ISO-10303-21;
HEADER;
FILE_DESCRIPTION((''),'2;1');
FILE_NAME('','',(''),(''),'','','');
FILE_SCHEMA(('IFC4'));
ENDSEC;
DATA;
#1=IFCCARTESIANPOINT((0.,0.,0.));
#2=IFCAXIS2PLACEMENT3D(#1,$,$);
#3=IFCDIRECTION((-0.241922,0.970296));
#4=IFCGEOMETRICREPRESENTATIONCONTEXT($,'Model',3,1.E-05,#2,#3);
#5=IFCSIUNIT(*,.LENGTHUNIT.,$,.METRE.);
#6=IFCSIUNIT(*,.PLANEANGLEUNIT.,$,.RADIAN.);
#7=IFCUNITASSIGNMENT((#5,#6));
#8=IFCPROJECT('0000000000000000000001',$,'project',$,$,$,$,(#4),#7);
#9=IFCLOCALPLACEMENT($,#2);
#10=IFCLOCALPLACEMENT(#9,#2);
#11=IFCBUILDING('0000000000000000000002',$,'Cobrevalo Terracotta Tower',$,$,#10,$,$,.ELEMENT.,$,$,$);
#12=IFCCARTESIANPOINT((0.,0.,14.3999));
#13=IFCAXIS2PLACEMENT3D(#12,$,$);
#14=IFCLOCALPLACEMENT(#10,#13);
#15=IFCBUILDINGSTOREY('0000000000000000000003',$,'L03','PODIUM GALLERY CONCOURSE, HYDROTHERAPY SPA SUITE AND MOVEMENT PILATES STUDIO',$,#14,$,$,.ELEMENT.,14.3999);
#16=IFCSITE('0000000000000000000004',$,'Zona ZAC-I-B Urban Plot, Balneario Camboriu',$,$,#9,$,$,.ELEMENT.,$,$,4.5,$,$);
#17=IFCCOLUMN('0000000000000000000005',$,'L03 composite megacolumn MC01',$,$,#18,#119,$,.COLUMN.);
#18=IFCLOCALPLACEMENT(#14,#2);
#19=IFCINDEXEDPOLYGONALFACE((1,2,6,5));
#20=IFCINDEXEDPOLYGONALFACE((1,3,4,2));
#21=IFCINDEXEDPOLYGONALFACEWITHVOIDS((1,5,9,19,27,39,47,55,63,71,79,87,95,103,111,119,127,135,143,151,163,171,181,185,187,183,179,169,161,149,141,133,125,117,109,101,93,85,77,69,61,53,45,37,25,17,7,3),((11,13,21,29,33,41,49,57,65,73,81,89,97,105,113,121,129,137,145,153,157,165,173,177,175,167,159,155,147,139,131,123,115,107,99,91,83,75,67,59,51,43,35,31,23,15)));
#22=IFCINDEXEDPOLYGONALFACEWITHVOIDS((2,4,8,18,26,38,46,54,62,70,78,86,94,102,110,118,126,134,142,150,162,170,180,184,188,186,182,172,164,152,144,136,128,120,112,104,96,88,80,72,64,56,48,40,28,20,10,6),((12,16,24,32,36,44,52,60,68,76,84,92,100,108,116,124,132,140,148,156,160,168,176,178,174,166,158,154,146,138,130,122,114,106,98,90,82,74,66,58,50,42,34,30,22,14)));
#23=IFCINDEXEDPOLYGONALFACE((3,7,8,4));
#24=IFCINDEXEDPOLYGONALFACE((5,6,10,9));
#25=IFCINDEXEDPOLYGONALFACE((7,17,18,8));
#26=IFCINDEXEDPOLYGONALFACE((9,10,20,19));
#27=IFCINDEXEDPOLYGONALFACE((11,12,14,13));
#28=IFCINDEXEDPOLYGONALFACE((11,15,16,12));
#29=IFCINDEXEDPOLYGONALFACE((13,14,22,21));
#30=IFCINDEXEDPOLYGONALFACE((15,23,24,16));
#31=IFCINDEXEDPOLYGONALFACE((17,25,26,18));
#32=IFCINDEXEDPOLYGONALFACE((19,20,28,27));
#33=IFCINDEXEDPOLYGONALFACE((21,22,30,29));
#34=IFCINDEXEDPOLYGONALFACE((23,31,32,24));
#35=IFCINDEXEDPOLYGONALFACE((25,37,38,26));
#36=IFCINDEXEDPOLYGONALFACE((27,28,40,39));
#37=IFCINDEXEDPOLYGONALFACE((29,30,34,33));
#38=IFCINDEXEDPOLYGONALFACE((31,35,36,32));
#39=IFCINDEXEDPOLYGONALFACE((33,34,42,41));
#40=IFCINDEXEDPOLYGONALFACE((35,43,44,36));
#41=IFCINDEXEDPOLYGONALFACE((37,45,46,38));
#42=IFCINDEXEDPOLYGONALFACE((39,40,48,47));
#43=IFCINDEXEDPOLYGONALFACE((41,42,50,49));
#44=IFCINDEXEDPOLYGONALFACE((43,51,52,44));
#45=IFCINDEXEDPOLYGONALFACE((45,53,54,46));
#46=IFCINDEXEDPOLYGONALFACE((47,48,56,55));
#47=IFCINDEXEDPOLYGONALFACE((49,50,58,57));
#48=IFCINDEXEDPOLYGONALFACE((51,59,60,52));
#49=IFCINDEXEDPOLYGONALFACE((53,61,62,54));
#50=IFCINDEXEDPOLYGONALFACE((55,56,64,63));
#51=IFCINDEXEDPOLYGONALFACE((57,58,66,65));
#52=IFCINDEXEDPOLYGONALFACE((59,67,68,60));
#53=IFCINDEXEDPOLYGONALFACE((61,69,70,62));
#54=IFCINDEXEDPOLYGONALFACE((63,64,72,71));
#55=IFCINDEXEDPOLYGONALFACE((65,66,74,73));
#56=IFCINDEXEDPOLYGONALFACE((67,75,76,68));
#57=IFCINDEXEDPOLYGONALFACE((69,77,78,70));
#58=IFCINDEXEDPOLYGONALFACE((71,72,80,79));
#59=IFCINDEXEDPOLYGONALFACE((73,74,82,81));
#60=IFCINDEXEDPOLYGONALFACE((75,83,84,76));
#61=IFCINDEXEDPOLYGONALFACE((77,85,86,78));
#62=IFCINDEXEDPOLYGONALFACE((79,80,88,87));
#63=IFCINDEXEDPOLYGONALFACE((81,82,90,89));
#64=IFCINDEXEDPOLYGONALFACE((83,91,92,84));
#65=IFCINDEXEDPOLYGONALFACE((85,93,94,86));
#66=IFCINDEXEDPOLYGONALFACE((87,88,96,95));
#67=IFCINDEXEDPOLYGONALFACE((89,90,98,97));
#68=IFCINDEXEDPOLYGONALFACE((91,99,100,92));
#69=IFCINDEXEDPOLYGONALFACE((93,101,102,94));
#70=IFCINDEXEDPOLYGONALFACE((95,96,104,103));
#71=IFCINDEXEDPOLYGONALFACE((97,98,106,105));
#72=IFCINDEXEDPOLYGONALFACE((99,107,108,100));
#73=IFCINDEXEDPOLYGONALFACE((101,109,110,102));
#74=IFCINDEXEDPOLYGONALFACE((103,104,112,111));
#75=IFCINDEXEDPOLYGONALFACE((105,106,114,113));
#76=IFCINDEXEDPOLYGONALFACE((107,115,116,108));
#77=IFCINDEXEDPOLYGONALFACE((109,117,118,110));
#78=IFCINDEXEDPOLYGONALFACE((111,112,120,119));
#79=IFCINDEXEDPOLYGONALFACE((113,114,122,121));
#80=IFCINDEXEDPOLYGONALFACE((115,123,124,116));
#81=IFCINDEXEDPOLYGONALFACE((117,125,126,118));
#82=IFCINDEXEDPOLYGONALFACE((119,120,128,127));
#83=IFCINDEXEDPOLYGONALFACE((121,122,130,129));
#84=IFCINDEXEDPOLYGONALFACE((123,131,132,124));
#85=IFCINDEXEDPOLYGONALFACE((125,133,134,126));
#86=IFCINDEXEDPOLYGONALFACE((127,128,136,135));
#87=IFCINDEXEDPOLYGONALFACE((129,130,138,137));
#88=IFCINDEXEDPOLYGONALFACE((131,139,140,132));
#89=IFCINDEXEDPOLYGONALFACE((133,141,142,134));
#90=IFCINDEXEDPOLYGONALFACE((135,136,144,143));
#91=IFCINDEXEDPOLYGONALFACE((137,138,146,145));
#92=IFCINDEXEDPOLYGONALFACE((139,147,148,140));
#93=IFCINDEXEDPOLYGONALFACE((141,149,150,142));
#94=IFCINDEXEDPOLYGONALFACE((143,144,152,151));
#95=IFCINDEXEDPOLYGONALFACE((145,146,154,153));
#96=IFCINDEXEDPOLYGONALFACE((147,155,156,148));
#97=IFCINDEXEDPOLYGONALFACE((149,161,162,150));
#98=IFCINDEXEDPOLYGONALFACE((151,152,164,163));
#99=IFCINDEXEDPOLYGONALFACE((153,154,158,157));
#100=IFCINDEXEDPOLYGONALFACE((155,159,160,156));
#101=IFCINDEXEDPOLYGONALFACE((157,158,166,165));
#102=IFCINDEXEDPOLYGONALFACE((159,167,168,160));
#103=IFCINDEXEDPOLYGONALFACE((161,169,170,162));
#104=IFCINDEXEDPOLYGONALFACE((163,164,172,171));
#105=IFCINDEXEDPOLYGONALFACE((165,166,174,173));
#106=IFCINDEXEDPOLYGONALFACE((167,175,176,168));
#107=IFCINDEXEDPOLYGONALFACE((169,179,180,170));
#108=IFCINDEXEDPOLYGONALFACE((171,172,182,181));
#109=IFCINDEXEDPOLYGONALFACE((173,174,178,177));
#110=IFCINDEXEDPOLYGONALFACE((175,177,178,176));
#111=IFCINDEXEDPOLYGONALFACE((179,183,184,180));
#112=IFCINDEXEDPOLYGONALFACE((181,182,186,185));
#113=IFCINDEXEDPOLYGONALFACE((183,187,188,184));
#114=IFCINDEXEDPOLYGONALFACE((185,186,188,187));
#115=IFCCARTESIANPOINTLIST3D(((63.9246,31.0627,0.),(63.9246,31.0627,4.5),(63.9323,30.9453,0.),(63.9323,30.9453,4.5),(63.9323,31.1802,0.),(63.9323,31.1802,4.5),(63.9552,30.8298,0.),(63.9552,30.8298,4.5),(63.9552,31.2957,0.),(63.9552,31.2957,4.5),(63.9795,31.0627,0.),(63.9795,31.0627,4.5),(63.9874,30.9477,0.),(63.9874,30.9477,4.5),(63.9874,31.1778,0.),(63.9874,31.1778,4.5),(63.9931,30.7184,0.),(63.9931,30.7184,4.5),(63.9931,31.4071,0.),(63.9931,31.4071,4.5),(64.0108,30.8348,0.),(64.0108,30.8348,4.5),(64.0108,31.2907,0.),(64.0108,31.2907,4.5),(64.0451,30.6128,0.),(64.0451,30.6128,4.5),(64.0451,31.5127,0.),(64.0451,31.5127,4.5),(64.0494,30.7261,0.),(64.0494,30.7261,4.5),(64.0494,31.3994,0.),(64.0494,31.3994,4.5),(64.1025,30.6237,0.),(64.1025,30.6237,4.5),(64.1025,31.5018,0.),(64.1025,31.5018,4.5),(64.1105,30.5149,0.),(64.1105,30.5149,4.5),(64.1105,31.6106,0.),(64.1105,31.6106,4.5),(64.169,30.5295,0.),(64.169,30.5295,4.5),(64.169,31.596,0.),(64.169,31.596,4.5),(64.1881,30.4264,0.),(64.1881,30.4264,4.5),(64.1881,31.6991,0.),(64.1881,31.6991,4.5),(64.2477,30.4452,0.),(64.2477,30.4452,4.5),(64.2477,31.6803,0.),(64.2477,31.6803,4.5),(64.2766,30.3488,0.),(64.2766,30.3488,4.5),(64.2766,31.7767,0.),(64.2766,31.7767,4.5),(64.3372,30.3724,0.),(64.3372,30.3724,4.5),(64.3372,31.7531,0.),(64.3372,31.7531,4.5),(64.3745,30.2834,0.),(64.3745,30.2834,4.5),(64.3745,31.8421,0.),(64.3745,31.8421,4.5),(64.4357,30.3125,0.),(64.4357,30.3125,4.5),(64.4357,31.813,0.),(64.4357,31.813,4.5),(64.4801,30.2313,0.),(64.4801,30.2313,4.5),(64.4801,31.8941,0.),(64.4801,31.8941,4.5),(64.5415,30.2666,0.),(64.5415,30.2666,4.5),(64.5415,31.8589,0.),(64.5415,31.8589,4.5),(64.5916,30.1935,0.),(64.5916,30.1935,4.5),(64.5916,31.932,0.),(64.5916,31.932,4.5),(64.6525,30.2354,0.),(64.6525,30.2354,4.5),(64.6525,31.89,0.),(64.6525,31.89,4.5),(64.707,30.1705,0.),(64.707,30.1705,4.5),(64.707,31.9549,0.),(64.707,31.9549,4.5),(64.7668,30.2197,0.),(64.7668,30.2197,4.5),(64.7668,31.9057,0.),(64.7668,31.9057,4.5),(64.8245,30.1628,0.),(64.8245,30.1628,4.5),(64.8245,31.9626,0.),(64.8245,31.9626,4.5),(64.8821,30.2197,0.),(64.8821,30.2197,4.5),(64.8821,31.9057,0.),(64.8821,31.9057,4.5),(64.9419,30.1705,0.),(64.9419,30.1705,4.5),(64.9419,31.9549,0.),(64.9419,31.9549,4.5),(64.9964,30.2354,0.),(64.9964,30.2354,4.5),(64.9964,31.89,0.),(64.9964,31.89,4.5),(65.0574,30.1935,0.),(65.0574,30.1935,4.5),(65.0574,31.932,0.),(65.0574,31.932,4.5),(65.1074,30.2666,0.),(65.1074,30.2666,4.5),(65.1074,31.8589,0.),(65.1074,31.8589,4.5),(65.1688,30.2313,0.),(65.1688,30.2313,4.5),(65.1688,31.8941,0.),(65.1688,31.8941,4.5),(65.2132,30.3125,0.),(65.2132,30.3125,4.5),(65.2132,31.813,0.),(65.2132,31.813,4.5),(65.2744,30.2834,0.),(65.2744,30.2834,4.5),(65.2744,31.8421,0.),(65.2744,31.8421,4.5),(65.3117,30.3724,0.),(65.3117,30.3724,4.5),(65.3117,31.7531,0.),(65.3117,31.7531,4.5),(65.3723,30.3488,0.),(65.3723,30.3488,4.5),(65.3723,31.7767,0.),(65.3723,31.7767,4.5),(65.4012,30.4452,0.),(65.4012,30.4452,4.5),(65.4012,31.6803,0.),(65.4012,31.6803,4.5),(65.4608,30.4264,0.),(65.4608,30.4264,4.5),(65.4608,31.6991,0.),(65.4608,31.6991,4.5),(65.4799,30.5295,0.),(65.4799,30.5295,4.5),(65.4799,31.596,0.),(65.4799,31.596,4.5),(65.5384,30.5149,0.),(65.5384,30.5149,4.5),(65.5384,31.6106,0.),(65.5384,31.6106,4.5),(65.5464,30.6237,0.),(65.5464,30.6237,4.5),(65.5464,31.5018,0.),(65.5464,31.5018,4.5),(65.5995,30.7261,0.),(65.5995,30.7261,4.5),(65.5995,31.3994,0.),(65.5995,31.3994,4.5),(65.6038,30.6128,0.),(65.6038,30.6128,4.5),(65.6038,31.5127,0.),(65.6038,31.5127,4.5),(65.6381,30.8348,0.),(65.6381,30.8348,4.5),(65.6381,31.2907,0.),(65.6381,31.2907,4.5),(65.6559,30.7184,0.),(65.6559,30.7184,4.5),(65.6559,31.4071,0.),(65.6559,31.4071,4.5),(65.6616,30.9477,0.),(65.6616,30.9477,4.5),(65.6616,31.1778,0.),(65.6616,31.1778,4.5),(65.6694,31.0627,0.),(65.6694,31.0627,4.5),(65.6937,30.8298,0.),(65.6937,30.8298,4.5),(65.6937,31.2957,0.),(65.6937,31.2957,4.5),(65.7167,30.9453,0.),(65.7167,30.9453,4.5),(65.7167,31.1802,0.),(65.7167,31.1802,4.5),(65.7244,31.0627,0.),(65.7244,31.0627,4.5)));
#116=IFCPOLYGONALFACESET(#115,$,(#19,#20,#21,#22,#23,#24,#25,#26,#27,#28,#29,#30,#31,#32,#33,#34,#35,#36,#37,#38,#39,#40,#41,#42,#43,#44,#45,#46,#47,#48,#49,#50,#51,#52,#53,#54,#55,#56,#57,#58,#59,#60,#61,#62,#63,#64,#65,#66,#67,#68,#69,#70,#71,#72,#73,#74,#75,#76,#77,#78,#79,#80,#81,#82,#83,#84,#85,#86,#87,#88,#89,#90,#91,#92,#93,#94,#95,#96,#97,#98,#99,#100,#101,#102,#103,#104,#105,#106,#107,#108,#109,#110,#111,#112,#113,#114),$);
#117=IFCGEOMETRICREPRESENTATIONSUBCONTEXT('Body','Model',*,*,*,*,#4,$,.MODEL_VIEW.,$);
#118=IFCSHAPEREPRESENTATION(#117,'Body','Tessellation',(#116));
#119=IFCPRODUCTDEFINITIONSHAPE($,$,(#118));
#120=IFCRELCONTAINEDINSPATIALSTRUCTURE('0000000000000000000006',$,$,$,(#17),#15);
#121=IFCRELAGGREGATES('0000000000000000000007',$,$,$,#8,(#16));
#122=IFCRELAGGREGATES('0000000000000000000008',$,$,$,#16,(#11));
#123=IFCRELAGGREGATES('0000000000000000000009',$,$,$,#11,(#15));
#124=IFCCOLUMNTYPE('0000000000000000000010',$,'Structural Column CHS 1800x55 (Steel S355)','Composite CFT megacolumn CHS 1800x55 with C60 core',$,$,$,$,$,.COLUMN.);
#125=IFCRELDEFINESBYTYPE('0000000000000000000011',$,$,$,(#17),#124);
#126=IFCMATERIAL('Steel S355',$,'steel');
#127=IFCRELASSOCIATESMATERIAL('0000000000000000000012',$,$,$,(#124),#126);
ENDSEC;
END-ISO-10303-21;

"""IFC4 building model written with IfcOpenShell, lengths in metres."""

from ifc_helpers import new_model, si_unit, direction, frame, origin, origin_2d, place, context, subcontext, project, spatial, hollow_circle, extrude, material, material_profile, profile_set, type_object, element, save


model = new_model("IFC4")

# Units and contexts
model_context = context("Model", 3, precision=1e-05, world=origin(), true_north=direction((-0.241922, 0.970296)))
body_context = subcontext(model_context, "Body", "Model", "MODEL_VIEW")
ifc_project = project(units=[si_unit("LENGTHUNIT", "METRE"), si_unit("PLANEANGLEUNIT", "RADIAN")], contexts=[model_context])

# Site, building, storey
site_placement = place(None, origin())
site = spatial("IfcSite", under=ifc_project, at=site_placement, Name="Zona ZAC-I-B Urban Plot, Balneario Camboriu", CompositionType="ELEMENT", RefElevation=4.5)
building_placement = place(site_placement, origin())
building = spatial("IfcBuilding", under=site, at=building_placement, Name="Cobrevalo Terracotta Tower", CompositionType="ELEMENT")
storey_placement = place(building_placement, frame((0.0, 0.0, 14.3999)))
storey = spatial("IfcBuildingStorey", under=building, at=storey_placement, Name="L03", Description="PODIUM GALLERY CONCOURSE, HYDROTHERAPY SPA SUITE AND MOVEMENT PILATES STUDIO", CompositionType="ELEMENT", Elevation=14.3999)

# Column
ifc_material_1 = material(Name="Steel S355", Category="steel")
ifc_material_profile_1 = material_profile(ifc_material_1, hollow_circle(Radius=0.8999, WallThickness=0.0549, at=origin_2d()), Name="CHS 1800x55")
ifc_profile_set_1 = profile_set([ifc_material_profile_1], Name="Steel S355")
column_type_1 = type_object("IfcColumnType", Name="Structural Column CHS 1800x55 (Steel S355)", Description="Composite CFT megacolumn CHS 1800x55 with C60 core", PredefinedType="COLUMN", material=ifc_profile_set_1)
for number, where, z_axis, x_axis, name in (
    (1, (64.8245, 31.0627, 0.0), (0.0, 0.0, 1.0), (1.0, 0.0, 0.0), "L03 composite megacolumn MC01"),
):
    element("IfcColumn", number, at=place(storey_placement, frame(where, z_axis=z_axis, x_axis=x_axis)), inside=storey, type_object=column_type_1, Name=name, PredefinedType="COLUMN", context=body_context, shape_type="SweptSolid", body=[
        extrude(hollow_circle(Radius=0.8999, WallThickness=0.0549, at=origin_2d()), origin(), (0.0, 0.0, 1.0), 4.5),
    ])

save(model, "model.ifc")
